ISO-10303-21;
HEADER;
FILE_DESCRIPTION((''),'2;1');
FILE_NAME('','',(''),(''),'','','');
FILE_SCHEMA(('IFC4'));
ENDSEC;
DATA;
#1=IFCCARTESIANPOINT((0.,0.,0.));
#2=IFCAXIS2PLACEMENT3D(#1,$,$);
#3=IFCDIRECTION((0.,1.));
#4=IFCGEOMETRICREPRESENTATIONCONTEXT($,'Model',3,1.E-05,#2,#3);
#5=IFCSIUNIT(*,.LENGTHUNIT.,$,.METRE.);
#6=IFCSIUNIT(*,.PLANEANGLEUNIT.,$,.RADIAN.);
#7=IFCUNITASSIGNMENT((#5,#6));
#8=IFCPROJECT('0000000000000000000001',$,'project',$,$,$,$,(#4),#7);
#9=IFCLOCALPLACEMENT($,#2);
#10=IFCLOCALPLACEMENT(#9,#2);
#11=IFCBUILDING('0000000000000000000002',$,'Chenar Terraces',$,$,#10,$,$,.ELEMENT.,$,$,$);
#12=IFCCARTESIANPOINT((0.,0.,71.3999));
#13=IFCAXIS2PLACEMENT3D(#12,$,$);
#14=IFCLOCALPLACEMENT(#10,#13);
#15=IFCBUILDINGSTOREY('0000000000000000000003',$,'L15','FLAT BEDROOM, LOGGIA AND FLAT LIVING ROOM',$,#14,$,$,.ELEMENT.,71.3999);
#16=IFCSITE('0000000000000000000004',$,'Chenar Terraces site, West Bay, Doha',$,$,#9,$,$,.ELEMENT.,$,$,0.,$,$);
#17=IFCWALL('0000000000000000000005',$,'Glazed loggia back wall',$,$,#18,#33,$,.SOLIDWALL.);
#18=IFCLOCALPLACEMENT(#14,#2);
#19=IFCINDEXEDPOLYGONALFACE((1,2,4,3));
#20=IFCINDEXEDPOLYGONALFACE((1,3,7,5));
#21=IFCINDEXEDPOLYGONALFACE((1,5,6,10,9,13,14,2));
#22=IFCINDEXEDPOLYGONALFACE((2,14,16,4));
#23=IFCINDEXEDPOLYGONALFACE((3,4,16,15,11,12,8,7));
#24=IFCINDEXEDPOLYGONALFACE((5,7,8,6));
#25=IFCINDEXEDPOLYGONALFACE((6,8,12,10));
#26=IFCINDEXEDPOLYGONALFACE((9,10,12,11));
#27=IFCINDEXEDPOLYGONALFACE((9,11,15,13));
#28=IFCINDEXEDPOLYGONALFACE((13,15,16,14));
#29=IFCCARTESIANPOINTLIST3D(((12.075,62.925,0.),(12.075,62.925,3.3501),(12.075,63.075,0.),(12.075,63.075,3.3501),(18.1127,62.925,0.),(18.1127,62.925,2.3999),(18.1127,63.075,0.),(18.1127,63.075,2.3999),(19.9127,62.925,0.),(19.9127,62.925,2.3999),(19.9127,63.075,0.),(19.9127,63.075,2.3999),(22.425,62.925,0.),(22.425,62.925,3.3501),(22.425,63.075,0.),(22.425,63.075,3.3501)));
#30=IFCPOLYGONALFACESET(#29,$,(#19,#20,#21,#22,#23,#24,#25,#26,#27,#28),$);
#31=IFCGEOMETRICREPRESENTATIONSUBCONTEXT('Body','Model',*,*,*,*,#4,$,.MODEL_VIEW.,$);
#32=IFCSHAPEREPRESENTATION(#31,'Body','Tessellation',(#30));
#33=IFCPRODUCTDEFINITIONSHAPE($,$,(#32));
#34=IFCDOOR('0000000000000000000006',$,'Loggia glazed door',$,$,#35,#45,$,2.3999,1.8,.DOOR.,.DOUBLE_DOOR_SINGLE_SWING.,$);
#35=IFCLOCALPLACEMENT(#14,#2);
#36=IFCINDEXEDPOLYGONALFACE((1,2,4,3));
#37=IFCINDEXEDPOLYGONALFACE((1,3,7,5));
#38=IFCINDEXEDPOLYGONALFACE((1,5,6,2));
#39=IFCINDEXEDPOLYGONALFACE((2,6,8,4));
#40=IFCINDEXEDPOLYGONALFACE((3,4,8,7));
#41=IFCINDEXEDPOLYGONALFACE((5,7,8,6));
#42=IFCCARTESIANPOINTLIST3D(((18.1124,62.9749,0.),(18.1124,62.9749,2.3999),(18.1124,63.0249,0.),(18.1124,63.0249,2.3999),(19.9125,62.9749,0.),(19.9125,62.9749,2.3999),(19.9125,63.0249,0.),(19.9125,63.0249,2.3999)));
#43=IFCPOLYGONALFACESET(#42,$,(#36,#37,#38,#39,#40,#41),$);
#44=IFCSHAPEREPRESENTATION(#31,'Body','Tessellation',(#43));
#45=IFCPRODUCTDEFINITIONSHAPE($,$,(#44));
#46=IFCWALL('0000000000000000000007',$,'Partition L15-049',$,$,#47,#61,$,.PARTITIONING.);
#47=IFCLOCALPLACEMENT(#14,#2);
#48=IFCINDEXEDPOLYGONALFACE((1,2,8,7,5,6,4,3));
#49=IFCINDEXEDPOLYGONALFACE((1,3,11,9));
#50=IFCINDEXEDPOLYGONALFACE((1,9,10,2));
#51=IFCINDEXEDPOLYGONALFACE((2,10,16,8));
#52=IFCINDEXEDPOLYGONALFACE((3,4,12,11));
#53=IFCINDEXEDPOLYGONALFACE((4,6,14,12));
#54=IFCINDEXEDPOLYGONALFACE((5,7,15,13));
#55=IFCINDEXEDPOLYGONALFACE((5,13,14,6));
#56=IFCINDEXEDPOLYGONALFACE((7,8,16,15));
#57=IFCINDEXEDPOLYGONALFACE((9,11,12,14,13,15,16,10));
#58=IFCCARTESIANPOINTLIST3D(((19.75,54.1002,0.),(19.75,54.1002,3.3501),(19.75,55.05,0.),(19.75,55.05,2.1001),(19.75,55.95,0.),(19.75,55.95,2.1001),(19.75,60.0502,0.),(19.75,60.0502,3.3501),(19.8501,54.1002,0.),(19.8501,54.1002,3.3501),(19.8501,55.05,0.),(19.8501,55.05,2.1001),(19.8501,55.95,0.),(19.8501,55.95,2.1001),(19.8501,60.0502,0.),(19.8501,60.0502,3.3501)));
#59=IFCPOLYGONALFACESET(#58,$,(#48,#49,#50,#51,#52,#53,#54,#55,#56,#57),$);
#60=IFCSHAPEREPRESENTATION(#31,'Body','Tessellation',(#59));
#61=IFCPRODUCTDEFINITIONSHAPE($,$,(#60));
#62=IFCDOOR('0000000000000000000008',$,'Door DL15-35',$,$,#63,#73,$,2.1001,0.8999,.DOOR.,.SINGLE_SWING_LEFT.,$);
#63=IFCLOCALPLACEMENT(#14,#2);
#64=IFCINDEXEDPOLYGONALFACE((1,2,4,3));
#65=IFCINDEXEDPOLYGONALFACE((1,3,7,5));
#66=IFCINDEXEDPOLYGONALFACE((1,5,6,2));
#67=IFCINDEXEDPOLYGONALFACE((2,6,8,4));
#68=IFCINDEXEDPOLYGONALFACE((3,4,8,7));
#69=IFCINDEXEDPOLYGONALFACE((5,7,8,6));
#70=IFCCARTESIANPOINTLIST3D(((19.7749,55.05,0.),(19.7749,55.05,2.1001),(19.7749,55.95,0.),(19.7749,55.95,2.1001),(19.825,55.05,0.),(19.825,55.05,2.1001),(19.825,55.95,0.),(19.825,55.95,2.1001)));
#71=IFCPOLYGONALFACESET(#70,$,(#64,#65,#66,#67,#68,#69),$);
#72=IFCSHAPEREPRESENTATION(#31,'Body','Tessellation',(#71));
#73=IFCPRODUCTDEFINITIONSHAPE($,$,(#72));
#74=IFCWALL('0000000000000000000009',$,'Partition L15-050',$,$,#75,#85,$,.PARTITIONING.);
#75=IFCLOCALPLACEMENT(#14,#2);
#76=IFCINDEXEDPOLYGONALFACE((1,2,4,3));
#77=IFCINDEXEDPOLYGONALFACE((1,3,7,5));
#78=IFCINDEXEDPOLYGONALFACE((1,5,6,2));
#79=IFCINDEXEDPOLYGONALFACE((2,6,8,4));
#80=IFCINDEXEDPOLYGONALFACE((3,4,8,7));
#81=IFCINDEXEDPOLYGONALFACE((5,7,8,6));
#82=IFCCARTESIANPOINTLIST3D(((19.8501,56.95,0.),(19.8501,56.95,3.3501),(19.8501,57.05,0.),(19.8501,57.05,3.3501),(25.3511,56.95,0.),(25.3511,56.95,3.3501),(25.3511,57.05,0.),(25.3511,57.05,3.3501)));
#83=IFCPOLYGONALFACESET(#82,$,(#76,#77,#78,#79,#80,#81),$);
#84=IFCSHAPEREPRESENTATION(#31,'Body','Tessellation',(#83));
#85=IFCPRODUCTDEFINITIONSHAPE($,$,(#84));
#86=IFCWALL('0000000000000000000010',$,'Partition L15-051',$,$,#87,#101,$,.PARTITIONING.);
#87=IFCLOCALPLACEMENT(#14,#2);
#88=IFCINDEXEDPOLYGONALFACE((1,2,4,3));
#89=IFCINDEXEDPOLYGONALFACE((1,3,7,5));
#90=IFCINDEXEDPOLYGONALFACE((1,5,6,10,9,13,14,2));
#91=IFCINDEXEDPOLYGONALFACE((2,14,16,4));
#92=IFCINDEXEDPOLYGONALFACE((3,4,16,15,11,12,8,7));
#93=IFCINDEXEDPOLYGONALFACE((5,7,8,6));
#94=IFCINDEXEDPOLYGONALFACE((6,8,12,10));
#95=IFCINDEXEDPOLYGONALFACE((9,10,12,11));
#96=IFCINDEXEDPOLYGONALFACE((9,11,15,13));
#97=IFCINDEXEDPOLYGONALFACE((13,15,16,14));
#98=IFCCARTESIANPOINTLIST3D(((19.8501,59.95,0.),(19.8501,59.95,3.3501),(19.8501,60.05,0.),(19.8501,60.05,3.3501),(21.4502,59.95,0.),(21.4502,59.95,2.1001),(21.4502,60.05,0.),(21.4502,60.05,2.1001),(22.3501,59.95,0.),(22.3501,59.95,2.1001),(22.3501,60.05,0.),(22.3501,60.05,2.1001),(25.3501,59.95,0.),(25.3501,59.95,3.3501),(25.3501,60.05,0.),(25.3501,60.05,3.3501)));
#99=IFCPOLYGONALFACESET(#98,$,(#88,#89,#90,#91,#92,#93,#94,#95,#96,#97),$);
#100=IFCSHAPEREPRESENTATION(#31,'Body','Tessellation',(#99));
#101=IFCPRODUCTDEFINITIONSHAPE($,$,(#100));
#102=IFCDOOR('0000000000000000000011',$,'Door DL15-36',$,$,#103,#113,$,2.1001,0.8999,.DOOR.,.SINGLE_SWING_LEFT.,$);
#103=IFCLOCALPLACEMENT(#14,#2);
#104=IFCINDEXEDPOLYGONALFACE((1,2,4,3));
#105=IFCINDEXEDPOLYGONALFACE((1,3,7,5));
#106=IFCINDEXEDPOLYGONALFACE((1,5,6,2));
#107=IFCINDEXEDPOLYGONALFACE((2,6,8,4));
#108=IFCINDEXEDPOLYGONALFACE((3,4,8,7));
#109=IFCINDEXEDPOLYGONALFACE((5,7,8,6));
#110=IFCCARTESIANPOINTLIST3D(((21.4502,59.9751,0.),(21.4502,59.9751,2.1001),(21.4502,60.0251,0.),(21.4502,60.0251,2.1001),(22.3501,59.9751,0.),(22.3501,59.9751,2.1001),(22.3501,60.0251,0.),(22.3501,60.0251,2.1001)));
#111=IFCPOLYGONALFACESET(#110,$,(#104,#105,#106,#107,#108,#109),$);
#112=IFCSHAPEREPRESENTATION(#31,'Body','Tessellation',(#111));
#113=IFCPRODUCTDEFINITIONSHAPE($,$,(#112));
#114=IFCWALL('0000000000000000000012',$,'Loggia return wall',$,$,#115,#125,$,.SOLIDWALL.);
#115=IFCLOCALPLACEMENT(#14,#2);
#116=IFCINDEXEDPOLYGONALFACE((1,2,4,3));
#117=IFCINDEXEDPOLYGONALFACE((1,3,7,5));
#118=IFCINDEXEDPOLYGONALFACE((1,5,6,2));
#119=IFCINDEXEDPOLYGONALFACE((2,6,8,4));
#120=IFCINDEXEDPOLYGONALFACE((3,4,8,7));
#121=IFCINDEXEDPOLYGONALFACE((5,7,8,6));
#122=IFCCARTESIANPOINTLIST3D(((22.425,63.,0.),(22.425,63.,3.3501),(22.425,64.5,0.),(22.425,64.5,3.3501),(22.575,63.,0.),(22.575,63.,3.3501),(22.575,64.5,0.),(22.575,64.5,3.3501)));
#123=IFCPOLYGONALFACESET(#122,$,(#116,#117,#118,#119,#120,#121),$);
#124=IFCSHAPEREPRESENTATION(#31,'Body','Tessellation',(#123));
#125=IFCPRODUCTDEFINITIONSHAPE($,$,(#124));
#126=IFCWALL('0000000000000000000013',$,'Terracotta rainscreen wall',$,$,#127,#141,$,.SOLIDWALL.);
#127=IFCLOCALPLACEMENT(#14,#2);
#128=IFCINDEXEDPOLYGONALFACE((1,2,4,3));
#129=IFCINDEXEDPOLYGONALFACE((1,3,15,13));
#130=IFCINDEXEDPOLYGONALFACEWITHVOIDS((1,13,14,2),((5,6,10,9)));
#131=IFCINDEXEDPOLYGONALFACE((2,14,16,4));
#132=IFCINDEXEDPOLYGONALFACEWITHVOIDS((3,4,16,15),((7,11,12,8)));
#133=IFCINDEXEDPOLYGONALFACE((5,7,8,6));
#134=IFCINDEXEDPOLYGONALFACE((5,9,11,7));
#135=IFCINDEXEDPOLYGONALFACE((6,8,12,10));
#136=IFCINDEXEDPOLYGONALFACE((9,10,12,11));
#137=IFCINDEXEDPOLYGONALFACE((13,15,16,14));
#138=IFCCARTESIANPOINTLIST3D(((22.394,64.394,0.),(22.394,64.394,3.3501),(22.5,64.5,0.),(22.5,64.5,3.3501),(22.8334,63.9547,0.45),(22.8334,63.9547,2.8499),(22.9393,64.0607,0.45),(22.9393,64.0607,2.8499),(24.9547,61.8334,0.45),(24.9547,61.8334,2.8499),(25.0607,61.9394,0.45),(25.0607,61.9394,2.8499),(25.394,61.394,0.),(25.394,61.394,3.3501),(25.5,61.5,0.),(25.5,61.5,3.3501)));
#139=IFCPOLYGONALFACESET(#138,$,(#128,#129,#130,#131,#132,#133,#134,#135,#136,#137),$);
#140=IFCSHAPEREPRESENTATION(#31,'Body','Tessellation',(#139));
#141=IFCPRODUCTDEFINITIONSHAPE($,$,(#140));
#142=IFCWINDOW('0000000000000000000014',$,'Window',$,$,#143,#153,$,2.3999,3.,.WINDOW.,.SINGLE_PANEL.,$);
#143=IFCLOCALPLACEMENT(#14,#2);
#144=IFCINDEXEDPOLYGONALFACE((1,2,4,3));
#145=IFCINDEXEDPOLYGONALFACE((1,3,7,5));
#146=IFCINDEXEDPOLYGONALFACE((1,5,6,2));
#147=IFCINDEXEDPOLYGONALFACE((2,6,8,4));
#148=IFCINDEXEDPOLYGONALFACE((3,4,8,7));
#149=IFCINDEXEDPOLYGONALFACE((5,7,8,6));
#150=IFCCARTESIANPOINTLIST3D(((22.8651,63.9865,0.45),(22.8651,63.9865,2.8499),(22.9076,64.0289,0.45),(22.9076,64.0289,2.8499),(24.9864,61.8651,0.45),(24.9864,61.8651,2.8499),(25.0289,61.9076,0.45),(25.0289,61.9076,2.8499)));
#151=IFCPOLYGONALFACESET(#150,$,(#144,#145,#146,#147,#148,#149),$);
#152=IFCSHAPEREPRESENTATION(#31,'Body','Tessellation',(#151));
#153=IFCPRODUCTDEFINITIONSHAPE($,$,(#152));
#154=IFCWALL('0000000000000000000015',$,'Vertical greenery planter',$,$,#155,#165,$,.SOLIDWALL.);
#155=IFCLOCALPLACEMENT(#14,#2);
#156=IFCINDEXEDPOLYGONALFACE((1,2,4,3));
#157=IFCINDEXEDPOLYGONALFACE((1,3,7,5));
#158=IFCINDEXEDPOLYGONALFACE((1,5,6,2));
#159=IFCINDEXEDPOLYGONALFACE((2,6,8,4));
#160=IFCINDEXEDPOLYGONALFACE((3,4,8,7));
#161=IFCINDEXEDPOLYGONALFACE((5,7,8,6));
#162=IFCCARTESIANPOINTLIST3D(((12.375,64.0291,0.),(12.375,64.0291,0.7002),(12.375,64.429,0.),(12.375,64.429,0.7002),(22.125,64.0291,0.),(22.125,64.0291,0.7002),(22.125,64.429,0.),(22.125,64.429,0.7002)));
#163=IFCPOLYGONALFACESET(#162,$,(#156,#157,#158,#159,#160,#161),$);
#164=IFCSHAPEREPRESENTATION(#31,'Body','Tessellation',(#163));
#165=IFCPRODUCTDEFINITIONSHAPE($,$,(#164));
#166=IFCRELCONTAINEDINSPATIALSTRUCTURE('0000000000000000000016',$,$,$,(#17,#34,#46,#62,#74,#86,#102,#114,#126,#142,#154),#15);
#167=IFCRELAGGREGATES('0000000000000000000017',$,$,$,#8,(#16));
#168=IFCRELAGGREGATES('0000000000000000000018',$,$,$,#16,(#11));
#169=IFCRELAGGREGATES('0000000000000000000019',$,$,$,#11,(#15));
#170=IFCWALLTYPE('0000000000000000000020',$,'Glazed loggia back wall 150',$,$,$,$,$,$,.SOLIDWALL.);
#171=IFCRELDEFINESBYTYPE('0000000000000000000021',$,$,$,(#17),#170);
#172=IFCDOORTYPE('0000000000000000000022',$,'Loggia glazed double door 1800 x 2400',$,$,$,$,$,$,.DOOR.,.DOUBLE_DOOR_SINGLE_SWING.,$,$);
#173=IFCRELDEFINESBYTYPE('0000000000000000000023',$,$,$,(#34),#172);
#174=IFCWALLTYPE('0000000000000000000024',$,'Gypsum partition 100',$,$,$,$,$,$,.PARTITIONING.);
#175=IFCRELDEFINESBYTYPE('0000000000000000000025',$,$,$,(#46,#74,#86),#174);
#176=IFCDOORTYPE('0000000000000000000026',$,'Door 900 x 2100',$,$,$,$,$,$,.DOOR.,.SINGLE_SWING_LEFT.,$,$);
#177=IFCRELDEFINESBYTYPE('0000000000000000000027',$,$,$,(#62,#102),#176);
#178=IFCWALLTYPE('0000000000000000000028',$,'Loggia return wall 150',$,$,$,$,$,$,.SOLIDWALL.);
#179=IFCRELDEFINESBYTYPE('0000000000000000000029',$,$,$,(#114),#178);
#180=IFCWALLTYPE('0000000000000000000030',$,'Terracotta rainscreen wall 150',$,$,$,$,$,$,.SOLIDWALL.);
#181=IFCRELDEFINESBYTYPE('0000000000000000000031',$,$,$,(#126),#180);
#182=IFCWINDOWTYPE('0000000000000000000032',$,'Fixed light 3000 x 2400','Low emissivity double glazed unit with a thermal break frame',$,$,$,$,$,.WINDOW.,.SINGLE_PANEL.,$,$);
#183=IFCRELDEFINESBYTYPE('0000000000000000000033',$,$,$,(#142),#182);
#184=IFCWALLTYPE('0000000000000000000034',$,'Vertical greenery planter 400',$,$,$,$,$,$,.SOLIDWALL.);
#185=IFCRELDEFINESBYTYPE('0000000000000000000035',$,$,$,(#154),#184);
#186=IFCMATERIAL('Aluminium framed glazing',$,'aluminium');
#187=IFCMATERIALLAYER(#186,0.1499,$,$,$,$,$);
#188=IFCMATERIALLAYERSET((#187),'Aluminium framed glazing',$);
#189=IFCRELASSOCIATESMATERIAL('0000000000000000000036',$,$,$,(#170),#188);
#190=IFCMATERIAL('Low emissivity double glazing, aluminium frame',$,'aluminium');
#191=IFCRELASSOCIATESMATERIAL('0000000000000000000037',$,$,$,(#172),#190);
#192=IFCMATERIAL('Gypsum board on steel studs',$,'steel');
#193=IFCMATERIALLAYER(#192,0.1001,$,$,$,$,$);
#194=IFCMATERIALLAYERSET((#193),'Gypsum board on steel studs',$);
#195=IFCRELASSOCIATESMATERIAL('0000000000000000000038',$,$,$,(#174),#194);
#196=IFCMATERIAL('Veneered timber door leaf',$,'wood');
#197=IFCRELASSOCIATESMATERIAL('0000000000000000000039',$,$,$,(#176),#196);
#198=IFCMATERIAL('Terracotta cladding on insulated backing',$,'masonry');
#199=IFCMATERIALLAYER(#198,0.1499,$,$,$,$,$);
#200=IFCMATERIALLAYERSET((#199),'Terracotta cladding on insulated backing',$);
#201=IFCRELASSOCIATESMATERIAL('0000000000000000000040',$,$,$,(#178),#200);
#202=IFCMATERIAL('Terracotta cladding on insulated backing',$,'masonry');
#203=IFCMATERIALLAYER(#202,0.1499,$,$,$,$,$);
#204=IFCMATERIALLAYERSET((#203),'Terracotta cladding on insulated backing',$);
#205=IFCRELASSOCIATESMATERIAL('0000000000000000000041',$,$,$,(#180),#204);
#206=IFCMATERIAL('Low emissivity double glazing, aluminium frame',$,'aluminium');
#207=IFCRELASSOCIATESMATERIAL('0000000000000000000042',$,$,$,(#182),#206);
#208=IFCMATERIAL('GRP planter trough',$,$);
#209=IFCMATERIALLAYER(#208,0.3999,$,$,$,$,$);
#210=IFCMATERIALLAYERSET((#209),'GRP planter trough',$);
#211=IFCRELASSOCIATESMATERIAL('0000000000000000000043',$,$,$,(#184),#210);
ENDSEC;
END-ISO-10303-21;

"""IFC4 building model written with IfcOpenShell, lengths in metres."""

from ifc_helpers import new_model, si_unit, direction, frame, frame_2d, origin, place, context, subcontext, project, spatial, rectangle, extrude, material, layer, layer_set, type_object, element, fill, save


model = new_model("IFC4")

# Units and contexts
model_context = context("Model", 3, precision=1e-05, world=origin(), true_north=direction((0.0, 1.0)))
body_context = subcontext(model_context, "Body", "Model", "MODEL_VIEW")
ifc_project = project(units=[si_unit("LENGTHUNIT", "METRE"), si_unit("PLANEANGLEUNIT", "RADIAN")], contexts=[model_context])

# Site, building, storey
site_placement = place(None, origin())
site = spatial("IfcSite", under=ifc_project, at=site_placement, Name="Chenar Terraces site, West Bay, Doha", CompositionType="ELEMENT", RefElevation=0.0)
building_placement = place(site_placement, origin())
building = spatial("IfcBuilding", under=site, at=building_placement, Name="Chenar Terraces", CompositionType="ELEMENT")
storey_placement = place(building_placement, frame((0.0, 0.0, 71.3999)))
storey = spatial("IfcBuildingStorey", under=building, at=storey_placement, Name="L15", Description="FLAT BEDROOM, LOGGIA AND FLAT LIVING ROOM", CompositionType="ELEMENT", Elevation=71.3999)

# Walls, openings, doors
ifc_material_1 = material(Name="Aluminium framed glazing", Category="aluminium")
ifc_layer_1 = layer(ifc_material_1, 0.1499)
ifc_layer_set_1 = layer_set([ifc_layer_1], Name="Aluminium framed glazing")
wall_type_1 = type_object("IfcWallType", Name="Glazed loggia back wall 150", PredefinedType="SOLIDWALL", material=ifc_layer_set_1)
wall_1_placement = place(storey_placement, frame((22.425, 63.0, 0.0), z_axis=(0.0, 0.0, 1.0), x_axis=(-1.0, 0.0, 0.0)))
wall_1 = element("IfcWall", 1, at=wall_1_placement, inside=storey, type_object=wall_type_1, Name="Glazed loggia back wall", PredefinedType="SOLIDWALL", context=body_context, shape_type="SweptSolid", body=[
    extrude(rectangle(XDim=10.3501, YDim=0.1499, at=frame_2d((5.175, 0.0))), origin(), (0.0, 0.0, 1.0), 3.3501),
])
opening_1_placement = place(wall_1_placement, frame((2.5125, 0.0, 0.0)))
opening_1 = element("IfcOpeningElement", 2, at=opening_1_placement, cuts=wall_1, PredefinedType="OPENING", context=body_context, shape_type="SweptSolid", body=[
    extrude(rectangle(XDim=1.8, YDim=2.3999, at=frame_2d((0.8999, 1.2))), frame((0.0, 0.085, 0.0), z_axis=(0.0, -1.0, 0.0), x_axis=(1.0, 0.0, 0.0)), (0.0, 0.0, 1.0), 0.1699),
])
ifc_material_2 = material(Name="Low emissivity double glazing, aluminium frame", Category="aluminium")
door_type_1 = type_object("IfcDoorType", Name="Loggia glazed double door 1800 x 2400", OperationType="DOUBLE_DOOR_SINGLE_SWING", PredefinedType="DOOR", material=ifc_material_2)
door_1_placement = place(opening_1_placement, frame((1.8, 0.0, 0.0), z_axis=(0.0, 0.0, 1.0), x_axis=(-1.0, 0.0, 0.0)))
door_1 = element("IfcDoor", 3, at=door_1_placement, inside=storey, type_object=door_type_1, Name="Loggia glazed door", OperationType="DOUBLE_DOOR_SINGLE_SWING", OverallHeight=2.3999, OverallWidth=1.8, PredefinedType="DOOR", context=body_context, shape_type="SweptSolid", body=[
    extrude(rectangle(XDim=1.8, YDim=2.3999, at=frame_2d((0.8999, 1.2))), frame((0.0, 0.0249, 0.0), z_axis=(0.0, -1.0, 0.0), x_axis=(1.0, 0.0, 0.0)), (0.0, 0.0, 1.0), 0.05),
])
fill(opening_1, door_1)
ifc_material_3 = material(Name="Gypsum board on steel studs", Category="steel")
ifc_layer_2 = layer(ifc_material_3, 0.1001)
ifc_layer_set_2 = layer_set([ifc_layer_2], Name="Gypsum board on steel studs")
wall_type_2 = type_object("IfcWallType", Name="Gypsum partition 100", PredefinedType="PARTITIONING", material=ifc_layer_set_2)
wall_2_placement = place(storey_placement, frame((19.8, 54.1001, 0.0), z_axis=(0.0, 0.0, 1.0), x_axis=(0.0, 1.0, 0.0)))
wall_2 = element("IfcWall", 4, at=wall_2_placement, inside=storey, type_object=wall_type_2, Name="Partition L15-049", PredefinedType="PARTITIONING", context=body_context, shape_type="SweptSolid", body=[
    extrude(rectangle(XDim=5.95, YDim=0.1001, at=frame_2d((2.9751, 0.0))), origin(), (0.0, 0.0, 1.0), 3.3501),
])
opening_2_placement = place(wall_2_placement, frame((0.95, 0.0, 0.0)))
opening_2 = element("IfcOpeningElement", 5, at=opening_2_placement, cuts=wall_2, PredefinedType="OPENING", context=body_context, shape_type="SweptSolid", body=[
    extrude(rectangle(XDim=0.8999, YDim=2.1001, at=frame_2d((0.45, 1.05))), frame((0.0, 0.0601, 0.0), z_axis=(0.0, -1.0, 0.0), x_axis=(1.0, 0.0, 0.0)), (0.0, 0.0, 1.0), 0.1201),
])
ifc_material_4 = material(Name="Veneered timber door leaf", Category="wood")
door_type_2 = type_object("IfcDoorType", Name="Door 900 x 2100", OperationType="SINGLE_SWING_LEFT", PredefinedType="DOOR", material=ifc_material_4)
door_2_placement = place(opening_2_placement, frame((0.8999, 0.0, 0.0), z_axis=(0.0, 0.0, 1.0), x_axis=(-1.0, 0.0, 0.0)))
door_2 = element("IfcDoor", 6, at=door_2_placement, inside=storey, type_object=door_type_2, Name="Door DL15-35", OperationType="SINGLE_SWING_LEFT", OverallHeight=2.1001, OverallWidth=0.8999, PredefinedType="DOOR", context=body_context, shape_type="SweptSolid", body=[
    extrude(rectangle(XDim=0.8999, YDim=2.1001, at=frame_2d((0.45, 1.05))), frame((0.0, 0.0249, 0.0), z_axis=(0.0, -1.0, 0.0), x_axis=(1.0, 0.0, 0.0)), (0.0, 0.0, 1.0), 0.05),
])
fill(opening_2, door_2)

# Wall
wall_3_placement = place(storey_placement, frame((19.8501, 57.0, 0.0), z_axis=(0.0, 0.0, 1.0), x_axis=(1.0, 0.0, 0.0)))
element("IfcWall", 7, at=wall_3_placement, inside=storey, type_object=wall_type_2, Name="Partition L15-050", PredefinedType="PARTITIONING", context=body_context, shape_type="SweptSolid", body=[
    extrude(rectangle(XDim=5.501, YDim=0.1001, at=frame_2d((2.7505, 0.0))), origin(), (0.0, 0.0, 1.0), 3.3501),
])

# Wall, opening, door
wall_4_placement = place(storey_placement, frame((19.8501, 60.0, 0.0), z_axis=(0.0, 0.0, 1.0), x_axis=(1.0, 0.0, 0.0)))
wall_4 = element("IfcWall", 8, at=wall_4_placement, inside=storey, type_object=wall_type_2, Name="Partition L15-051", PredefinedType="PARTITIONING", context=body_context, shape_type="SweptSolid", body=[
    extrude(rectangle(XDim=5.5, YDim=0.1001, at=frame_2d((2.75, 0.0))), origin(), (0.0, 0.0, 1.0), 3.3501),
])
opening_3_placement = place(wall_4_placement, frame((1.6001, 0.0, 0.0)))
opening_3 = element("IfcOpeningElement", 9, at=opening_3_placement, cuts=wall_4, PredefinedType="OPENING", context=body_context, shape_type="SweptSolid", body=[
    extrude(rectangle(XDim=0.8999, YDim=2.1001, at=frame_2d((0.45, 1.05))), frame((0.0, 0.0601, 0.0), z_axis=(0.0, -1.0, 0.0), x_axis=(1.0, 0.0, 0.0)), (0.0, 0.0, 1.0), 0.1201),
])
door_3_placement = place(opening_3_placement, frame((0.8999, 0.0, 0.0), z_axis=(0.0, 0.0, 1.0), x_axis=(-1.0, 0.0, 0.0)))
door_3 = element("IfcDoor", 10, at=door_3_placement, inside=storey, type_object=door_type_2, Name="Door DL15-36", OperationType="SINGLE_SWING_LEFT", OverallHeight=2.1001, OverallWidth=0.8999, PredefinedType="DOOR", context=body_context, shape_type="SweptSolid", body=[
    extrude(rectangle(XDim=0.8999, YDim=2.1001, at=frame_2d((0.45, 1.05))), frame((0.0, 0.0249, 0.0), z_axis=(0.0, -1.0, 0.0), x_axis=(1.0, 0.0, 0.0)), (0.0, 0.0, 1.0), 0.05),
])
fill(opening_3, door_3)

# Wall
ifc_material_5 = material(Name="Terracotta cladding on insulated backing", Category="masonry")
ifc_layer_3 = layer(ifc_material_5, 0.1499)
ifc_layer_set_3 = layer_set([ifc_layer_3], Name="Terracotta cladding on insulated backing")
wall_type_3 = type_object("IfcWallType", Name="Loggia return wall 150", PredefinedType="SOLIDWALL", material=ifc_layer_set_3)
wall_5_placement = place(storey_placement, frame((22.5, 64.5, 0.0), z_axis=(0.0, 0.0, 1.0), x_axis=(0.0, -1.0, 0.0)))
element("IfcWall", 11, at=wall_5_placement, inside=storey, type_object=wall_type_3, Name="Loggia return wall", PredefinedType="SOLIDWALL", context=body_context, shape_type="SweptSolid", body=[
    extrude(rectangle(XDim=1.5, YDim=0.1499, at=frame_2d((0.75, 0.0))), origin(), (0.0, 0.0, 1.0), 3.3501),
])

# Wall, opening, window
ifc_material_6 = material(Name="Terracotta cladding on insulated backing", Category="masonry")
ifc_layer_4 = layer(ifc_material_6, 0.1499)
ifc_layer_set_4 = layer_set([ifc_layer_4], Name="Terracotta cladding on insulated backing")
wall_type_4 = type_object("IfcWallType", Name="Terracotta rainscreen wall 150", PredefinedType="SOLIDWALL", material=ifc_layer_set_4)
wall_6_placement = place(storey_placement, frame((25.447, 61.447, 0.0), z_axis=(0.0, 0.0, 1.0), x_axis=(-0.707107, 0.707107, 0.0)))
wall_6 = element("IfcWall", 12, at=wall_6_placement, inside=storey, type_object=wall_type_4, Name="Terracotta rainscreen wall", PredefinedType="SOLIDWALL", context=body_context, shape_type="SweptSolid", body=[
    extrude(rectangle(XDim=4.2427, YDim=0.1499, at=frame_2d((2.1213, 0.0))), origin(), (0.0, 0.0, 1.0), 3.3501),
])
opening_4_placement = place(wall_6_placement, frame((0.6213, 0.0, 0.45)))
opening_4 = element("IfcOpeningElement", 13, at=opening_4_placement, cuts=wall_6, PredefinedType="OPENING", context=body_context, shape_type="SweptSolid", body=[
    extrude(rectangle(XDim=3.0, YDim=2.3999, at=frame_2d((1.5, 1.2))), frame((0.0, 0.085, 0.0), z_axis=(0.0, -1.0, 0.0), x_axis=(1.0, 0.0, 0.0)), (0.0, 0.0, 1.0), 0.1699),
])
ifc_material_7 = material(Name="Low emissivity double glazing, aluminium frame", Category="aluminium")
window_type = type_object("IfcWindowType", Name="Fixed light 3000 x 2400", Description="Low emissivity double glazed unit with a thermal break frame", PartitioningType="SINGLE_PANEL", PredefinedType="WINDOW", material=ifc_material_7)
window_placement = place(opening_4_placement, origin())
window = element("IfcWindow", 14, at=window_placement, inside=storey, type_object=window_type, Name="Window", OverallHeight=2.3999, OverallWidth=3.0, PartitioningType="SINGLE_PANEL", PredefinedType="WINDOW", context=body_context, shape_type="SweptSolid", body=[
    extrude(rectangle(XDim=3.0, YDim=2.3999, at=frame_2d((1.5, 1.2))), frame((0.0, 0.03, 0.0), z_axis=(0.0, -1.0, 0.0), x_axis=(1.0, 0.0, 0.0)), (0.0, 0.0, 1.0), 0.0601),
])
fill(opening_4, window)

# Wall
ifc_material_8 = material(Name="GRP planter trough")
ifc_layer_5 = layer(ifc_material_8, 0.3999)
ifc_layer_set_5 = layer_set([ifc_layer_5], Name="GRP planter trough")
wall_type_5 = type_object("IfcWallType", Name="Vertical greenery planter 400", PredefinedType="SOLIDWALL", material=ifc_layer_set_5)
wall_7_placement = place(storey_placement, frame((22.125, 64.229, 0.0), z_axis=(0.0, 0.0, 1.0), x_axis=(-1.0, 0.0, 0.0)))
element("IfcWall", 15, at=wall_7_placement, inside=storey, type_object=wall_type_5, Name="Vertical greenery planter", PredefinedType="SOLIDWALL", context=body_context, shape_type="SweptSolid", body=[
    extrude(rectangle(XDim=9.75, YDim=0.3999, at=frame_2d((4.875, 0.0))), origin(), (0.0, 0.0, 1.0), 0.7002),
])

save(model, "model.ifc")
